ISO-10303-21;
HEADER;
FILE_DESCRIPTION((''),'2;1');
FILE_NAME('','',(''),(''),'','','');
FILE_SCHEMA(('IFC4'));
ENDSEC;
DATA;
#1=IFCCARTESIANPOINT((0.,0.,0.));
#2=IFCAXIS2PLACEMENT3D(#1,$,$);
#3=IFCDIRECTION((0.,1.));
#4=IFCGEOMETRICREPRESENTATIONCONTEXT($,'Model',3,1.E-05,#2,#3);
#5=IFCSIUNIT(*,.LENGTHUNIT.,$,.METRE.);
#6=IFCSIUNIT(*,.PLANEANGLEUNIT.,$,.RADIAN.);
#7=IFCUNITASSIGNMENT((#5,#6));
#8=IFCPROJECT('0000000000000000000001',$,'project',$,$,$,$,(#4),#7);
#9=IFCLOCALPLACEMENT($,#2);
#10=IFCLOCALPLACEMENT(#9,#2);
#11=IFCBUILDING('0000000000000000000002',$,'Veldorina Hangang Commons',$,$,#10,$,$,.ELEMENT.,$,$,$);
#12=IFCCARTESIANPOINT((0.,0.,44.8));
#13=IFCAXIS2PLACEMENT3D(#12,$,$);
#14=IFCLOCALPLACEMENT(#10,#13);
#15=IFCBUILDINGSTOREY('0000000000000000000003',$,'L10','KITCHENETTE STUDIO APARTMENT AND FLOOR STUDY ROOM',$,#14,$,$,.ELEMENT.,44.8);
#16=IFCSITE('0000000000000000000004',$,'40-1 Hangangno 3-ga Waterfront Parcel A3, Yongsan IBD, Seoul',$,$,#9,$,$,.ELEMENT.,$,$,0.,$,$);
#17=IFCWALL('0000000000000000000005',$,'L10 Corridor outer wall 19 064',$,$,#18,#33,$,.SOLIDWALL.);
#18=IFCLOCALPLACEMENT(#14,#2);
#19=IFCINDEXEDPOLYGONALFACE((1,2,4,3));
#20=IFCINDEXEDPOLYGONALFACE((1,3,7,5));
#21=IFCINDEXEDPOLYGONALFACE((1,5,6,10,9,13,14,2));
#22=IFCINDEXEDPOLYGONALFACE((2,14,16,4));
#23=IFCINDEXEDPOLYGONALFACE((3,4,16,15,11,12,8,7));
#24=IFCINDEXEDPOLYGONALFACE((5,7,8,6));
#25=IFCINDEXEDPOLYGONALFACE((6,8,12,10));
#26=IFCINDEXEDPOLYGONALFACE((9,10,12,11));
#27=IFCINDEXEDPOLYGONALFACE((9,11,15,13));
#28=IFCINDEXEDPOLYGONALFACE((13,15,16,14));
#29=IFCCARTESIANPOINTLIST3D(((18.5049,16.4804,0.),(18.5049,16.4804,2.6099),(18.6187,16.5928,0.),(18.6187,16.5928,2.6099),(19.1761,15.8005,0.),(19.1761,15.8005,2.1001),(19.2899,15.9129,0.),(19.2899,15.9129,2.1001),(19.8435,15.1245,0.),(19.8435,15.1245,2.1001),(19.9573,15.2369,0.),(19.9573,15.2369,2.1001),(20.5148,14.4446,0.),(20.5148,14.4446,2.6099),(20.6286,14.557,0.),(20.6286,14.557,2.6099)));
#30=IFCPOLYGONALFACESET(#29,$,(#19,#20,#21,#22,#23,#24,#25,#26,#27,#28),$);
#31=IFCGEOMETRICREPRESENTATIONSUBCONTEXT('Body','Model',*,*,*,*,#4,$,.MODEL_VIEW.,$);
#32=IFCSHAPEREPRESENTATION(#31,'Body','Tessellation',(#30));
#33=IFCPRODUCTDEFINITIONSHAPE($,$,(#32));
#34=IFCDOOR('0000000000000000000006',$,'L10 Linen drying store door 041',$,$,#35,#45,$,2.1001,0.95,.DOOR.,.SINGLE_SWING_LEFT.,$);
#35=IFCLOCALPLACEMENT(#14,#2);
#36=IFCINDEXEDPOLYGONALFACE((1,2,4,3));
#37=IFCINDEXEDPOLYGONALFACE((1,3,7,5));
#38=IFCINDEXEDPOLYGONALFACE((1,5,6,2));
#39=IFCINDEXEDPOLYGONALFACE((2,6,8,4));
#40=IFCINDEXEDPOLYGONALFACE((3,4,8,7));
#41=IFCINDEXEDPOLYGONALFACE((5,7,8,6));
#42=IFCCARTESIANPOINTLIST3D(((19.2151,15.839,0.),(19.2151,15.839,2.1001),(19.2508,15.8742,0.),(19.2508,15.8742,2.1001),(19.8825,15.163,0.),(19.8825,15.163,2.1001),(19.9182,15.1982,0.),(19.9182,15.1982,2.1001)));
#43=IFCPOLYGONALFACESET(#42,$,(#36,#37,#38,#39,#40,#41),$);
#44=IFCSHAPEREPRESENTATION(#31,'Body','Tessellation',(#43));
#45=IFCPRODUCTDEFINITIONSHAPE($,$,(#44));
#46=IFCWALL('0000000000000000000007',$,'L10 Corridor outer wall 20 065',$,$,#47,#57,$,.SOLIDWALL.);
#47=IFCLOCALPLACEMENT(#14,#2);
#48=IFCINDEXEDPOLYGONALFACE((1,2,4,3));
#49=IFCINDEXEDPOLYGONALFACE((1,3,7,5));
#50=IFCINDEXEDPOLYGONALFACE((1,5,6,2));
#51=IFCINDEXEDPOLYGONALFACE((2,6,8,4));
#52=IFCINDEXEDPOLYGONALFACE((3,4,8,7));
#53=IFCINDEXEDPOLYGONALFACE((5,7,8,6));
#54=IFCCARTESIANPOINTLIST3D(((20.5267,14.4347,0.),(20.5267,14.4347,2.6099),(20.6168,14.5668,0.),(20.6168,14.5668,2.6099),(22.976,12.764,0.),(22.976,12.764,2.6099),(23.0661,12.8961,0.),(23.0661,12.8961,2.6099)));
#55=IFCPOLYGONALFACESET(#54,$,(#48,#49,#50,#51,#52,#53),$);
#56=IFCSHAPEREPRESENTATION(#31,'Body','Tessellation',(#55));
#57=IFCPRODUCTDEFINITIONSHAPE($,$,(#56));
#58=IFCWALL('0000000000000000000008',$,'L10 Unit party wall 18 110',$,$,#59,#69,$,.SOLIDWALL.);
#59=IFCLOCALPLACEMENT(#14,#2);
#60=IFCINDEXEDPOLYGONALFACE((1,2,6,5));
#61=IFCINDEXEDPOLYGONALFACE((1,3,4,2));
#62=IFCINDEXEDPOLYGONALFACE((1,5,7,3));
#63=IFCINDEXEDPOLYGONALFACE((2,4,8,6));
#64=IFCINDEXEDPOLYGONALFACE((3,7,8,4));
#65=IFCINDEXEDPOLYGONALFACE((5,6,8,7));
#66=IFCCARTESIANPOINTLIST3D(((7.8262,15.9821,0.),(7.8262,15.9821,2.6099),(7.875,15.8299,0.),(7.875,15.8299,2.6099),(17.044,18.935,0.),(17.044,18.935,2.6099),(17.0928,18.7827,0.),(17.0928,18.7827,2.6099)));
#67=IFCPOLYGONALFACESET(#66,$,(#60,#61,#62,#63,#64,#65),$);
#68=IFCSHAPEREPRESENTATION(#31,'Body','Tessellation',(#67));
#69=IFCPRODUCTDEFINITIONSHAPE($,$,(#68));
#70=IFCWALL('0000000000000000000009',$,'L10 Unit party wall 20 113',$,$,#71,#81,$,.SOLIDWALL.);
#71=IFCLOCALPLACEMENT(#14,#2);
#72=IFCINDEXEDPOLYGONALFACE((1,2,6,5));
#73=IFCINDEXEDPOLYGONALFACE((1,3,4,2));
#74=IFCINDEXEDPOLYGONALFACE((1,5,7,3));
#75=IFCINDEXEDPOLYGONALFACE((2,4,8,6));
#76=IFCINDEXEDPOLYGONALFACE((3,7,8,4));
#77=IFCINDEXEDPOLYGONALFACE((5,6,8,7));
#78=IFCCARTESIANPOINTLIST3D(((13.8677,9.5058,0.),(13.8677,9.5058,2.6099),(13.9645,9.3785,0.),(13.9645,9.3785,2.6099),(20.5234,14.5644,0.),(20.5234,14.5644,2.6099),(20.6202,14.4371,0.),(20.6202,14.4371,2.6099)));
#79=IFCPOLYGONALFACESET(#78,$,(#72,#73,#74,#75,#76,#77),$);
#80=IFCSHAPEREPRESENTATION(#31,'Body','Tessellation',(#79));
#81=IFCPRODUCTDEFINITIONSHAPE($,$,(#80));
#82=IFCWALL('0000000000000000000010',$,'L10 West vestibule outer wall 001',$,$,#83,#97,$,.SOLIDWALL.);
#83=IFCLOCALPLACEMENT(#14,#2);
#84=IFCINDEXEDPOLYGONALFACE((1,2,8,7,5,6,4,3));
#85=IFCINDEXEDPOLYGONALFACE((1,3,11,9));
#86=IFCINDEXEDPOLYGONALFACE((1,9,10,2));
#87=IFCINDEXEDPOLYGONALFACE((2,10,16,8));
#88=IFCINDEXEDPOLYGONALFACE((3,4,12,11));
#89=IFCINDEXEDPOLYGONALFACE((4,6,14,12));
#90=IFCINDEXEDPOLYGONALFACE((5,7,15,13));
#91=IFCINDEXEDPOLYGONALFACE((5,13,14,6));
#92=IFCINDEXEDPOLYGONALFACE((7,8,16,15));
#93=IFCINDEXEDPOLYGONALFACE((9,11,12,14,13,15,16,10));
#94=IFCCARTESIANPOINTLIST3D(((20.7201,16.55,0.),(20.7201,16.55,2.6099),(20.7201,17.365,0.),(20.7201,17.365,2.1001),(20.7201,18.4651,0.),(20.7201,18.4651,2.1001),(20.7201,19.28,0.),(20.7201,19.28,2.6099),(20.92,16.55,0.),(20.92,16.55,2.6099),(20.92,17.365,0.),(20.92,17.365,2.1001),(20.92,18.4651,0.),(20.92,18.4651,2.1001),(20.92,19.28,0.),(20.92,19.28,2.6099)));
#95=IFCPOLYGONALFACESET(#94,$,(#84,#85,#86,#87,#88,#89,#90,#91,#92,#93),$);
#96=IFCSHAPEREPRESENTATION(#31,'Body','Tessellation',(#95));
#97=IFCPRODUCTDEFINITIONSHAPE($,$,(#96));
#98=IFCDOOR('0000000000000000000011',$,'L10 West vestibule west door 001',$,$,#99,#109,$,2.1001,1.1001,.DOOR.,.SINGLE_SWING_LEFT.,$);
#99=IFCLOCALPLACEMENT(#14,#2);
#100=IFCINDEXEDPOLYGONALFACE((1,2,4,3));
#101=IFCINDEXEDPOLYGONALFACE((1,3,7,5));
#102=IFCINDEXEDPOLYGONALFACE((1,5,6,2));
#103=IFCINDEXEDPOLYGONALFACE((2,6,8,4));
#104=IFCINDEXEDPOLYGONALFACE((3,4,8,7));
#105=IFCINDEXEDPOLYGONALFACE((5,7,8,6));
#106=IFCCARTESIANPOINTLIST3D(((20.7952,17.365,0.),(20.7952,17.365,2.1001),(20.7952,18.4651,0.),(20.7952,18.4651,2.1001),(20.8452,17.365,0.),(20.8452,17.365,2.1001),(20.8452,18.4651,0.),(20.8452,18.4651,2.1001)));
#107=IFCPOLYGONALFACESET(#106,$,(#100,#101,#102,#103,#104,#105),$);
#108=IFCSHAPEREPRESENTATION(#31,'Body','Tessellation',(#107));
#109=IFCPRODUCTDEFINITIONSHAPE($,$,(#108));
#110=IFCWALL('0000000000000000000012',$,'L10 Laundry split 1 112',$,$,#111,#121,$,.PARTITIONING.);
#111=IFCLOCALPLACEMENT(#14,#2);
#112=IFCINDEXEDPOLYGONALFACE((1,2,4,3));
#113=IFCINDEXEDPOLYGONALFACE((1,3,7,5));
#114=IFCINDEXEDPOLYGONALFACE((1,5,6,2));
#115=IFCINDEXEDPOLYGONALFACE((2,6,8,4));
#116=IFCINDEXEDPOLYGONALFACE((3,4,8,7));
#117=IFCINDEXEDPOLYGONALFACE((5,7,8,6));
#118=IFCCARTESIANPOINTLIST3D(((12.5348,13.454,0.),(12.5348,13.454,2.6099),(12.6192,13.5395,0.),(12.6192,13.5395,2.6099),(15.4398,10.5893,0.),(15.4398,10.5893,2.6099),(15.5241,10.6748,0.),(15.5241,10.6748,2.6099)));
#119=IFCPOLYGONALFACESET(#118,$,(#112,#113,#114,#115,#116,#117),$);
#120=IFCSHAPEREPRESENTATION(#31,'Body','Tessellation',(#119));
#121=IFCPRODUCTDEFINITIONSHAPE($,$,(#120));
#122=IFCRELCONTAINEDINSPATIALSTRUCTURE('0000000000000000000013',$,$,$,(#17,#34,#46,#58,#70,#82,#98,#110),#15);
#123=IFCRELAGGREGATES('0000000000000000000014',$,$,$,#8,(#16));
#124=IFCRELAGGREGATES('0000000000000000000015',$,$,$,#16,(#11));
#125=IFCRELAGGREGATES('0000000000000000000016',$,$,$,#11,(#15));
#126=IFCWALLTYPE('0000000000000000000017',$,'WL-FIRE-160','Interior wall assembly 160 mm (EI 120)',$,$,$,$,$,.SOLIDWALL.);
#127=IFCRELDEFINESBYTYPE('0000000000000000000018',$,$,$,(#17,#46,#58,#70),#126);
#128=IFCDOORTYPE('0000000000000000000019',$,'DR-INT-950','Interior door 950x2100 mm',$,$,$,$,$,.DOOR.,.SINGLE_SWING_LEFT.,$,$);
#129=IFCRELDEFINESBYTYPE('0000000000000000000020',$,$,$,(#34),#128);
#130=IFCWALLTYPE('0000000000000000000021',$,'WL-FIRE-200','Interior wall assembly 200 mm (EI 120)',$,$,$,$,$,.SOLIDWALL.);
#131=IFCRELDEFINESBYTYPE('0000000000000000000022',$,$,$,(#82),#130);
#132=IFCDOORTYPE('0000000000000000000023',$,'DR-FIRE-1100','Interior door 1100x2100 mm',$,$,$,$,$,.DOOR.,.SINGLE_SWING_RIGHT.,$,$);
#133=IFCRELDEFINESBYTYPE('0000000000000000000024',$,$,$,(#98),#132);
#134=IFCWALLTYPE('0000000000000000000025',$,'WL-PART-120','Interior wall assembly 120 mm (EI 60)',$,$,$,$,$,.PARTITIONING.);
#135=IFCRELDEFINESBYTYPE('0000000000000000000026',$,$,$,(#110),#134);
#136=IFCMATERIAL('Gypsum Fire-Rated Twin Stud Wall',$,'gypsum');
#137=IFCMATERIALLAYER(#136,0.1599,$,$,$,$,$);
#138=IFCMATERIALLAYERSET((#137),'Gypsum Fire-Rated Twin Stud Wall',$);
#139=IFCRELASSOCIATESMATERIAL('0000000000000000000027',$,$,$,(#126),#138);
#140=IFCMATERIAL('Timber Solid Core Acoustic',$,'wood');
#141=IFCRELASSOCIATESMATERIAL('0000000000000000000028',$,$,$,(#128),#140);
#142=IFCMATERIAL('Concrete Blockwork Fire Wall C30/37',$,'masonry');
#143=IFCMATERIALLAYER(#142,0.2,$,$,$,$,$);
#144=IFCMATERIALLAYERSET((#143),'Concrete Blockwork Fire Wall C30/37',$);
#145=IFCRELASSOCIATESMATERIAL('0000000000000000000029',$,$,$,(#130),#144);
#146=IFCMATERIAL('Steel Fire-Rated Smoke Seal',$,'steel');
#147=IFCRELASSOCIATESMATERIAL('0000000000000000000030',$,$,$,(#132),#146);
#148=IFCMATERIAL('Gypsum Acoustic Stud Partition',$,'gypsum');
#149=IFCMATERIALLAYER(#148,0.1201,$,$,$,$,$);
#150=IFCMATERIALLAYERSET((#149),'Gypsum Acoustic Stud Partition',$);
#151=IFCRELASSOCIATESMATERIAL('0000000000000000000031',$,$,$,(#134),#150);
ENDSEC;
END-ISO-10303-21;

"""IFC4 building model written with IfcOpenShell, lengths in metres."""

from ifc_helpers import new_model, si_unit, direction, frame, frame_2d, origin, place, context, subcontext, project, spatial, rectangle, extrude, material, layer, layer_set, type_object, element, fill, save


model = new_model("IFC4")

# Units and contexts
model_context = context("Model", 3, precision=1e-05, world=origin(), true_north=direction((0.0, 1.0)))
body_context = subcontext(model_context, "Body", "Model", "MODEL_VIEW")
ifc_project = project(units=[si_unit("LENGTHUNIT", "METRE"), si_unit("PLANEANGLEUNIT", "RADIAN")], contexts=[model_context])

# Site, building, storey
site_placement = place(None, origin())
site = spatial("IfcSite", under=ifc_project, at=site_placement, Name="40-1 Hangangno 3-ga Waterfront Parcel A3, Yongsan IBD, Seoul", CompositionType="ELEMENT", RefElevation=0.0)
building_placement = place(site_placement, origin())
building = spatial("IfcBuilding", under=site, at=building_placement, Name="Veldorina Hangang Commons", CompositionType="ELEMENT")
storey_placement = place(building_placement, frame((0.0, 0.0, 44.8)))
storey = spatial("IfcBuildingStorey", under=building, at=storey_placement, Name="L10", Description="KITCHENETTE STUDIO APARTMENT AND FLOOR STUDY ROOM", CompositionType="ELEMENT", Elevation=44.8)

# Shared definitions
ifc_material_1 = material(Name="Gypsum Fire-Rated Twin Stud Wall", Category="gypsum")
ifc_layer_1 = layer(ifc_material_1, 0.1599)
ifc_layer_set_1 = layer_set([ifc_layer_1], Name="Gypsum Fire-Rated Twin Stud Wall")
wall_type_1 = type_object("IfcWallType", Name="WL-FIRE-160", Description="Interior wall assembly 160 mm (EI 120)", PredefinedType="SOLIDWALL", material=ifc_layer_set_1)

# Wall, opening, door
wall_1_placement = place(storey_placement, frame((18.5618, 16.5366, 0.0), z_axis=(0.0, 0.0, 1.0), x_axis=(0.70257, -0.711615, 0.0)))
wall_1 = element("IfcWall", 1, at=wall_1_placement, inside=storey, type_object=wall_type_1, Name="L10 Corridor outer wall 19 064", PredefinedType="SOLIDWALL", context=body_context, shape_type="SweptSolid", body=[
    extrude(rectangle(XDim=2.8608, YDim=0.1599, at=frame_2d((1.4304, 0.0))), origin(), (0.0, 0.0, 1.0), 2.6099),
])
opening_1_placement = place(wall_1_placement, frame((0.9553, 0.0, 0.0)))
opening_1 = element("IfcOpeningElement", 2, at=opening_1_placement, cuts=wall_1, PredefinedType="OPENING", context=body_context, shape_type="SweptSolid", body=[
    extrude(rectangle(XDim=0.95, YDim=2.1001, at=frame_2d((0.4751, 1.05))), frame((0.0, 0.0898, 0.0), z_axis=(0.0, -1.0, 0.0), x_axis=(1.0, 0.0, 0.0)), (0.0, 0.0, 1.0), 0.1799),
])
ifc_material_2 = material(Name="Timber Solid Core Acoustic", Category="wood")
door_type_1 = type_object("IfcDoorType", Name="DR-INT-950", Description="Interior door 950x2100 mm", OperationType="SINGLE_SWING_LEFT", PredefinedType="DOOR", material=ifc_material_2)
door_1_placement = place(opening_1_placement, origin())
door_1 = element("IfcDoor", 3, at=door_1_placement, inside=storey, type_object=door_type_1, Name="L10 Linen drying store door 041", OperationType="SINGLE_SWING_LEFT", OverallHeight=2.1001, OverallWidth=0.95, PredefinedType="DOOR", context=body_context, shape_type="SweptSolid", body=[
    extrude(rectangle(XDim=0.95, YDim=2.1001, at=frame_2d((0.4751, 1.05))), frame((0.0, 0.0249, 0.0), z_axis=(0.0, -1.0, 0.0), x_axis=(1.0, 0.0, 0.0)), (0.0, 0.0, 1.0), 0.05),
])
fill(opening_1, door_1)

# Walls
wall_2_placement = place(storey_placement, frame((20.5718, 14.5007, 0.0), z_axis=(0.0, 0.0, 1.0), x_axis=(0.826112, -0.563505, 0.0)))
element("IfcWall", 4, at=wall_2_placement, inside=storey, type_object=wall_type_1, Name="L10 Corridor outer wall 20 065", PredefinedType="SOLIDWALL", context=body_context, shape_type="SweptSolid", body=[
    extrude(rectangle(XDim=2.9648, YDim=0.1599, at=frame_2d((1.4824, 0.0))), origin(), (0.0, 0.0, 1.0), 2.6099),
])
wall_3_placement = place(storey_placement, frame((17.0684, 18.8589, 0.0), z_axis=(0.0, 0.0, 1.0), x_axis=(-0.952328, -0.305075, 0.0)))
element("IfcWall", 5, at=wall_3_placement, inside=storey, type_object=wall_type_1, Name="L10 Unit party wall 18 110", PredefinedType="SOLIDWALL", context=body_context, shape_type="SweptSolid", body=[
    extrude(rectangle(XDim=9.6792, YDim=0.1599, at=frame_2d((4.8396, 0.0))), origin(), (0.0, 0.0, 1.0), 2.6099),
])
wall_4_placement = place(storey_placement, frame((20.5718, 14.5007, 0.0), z_axis=(0.0, 0.0, 1.0), x_axis=(-0.79615, -0.6051, 0.0)))
element("IfcWall", 6, at=wall_4_placement, inside=storey, type_object=wall_type_1, Name="L10 Unit party wall 20 113", PredefinedType="SOLIDWALL", context=body_context, shape_type="SweptSolid", body=[
    extrude(rectangle(XDim=8.3599, YDim=0.1599, at=frame_2d((4.1799, 0.0))), origin(), (0.0, 0.0, 1.0), 2.6099),
])

# Wall, opening, door
ifc_material_3 = material(Name="Concrete Blockwork Fire Wall C30/37", Category="masonry")
ifc_layer_2 = layer(ifc_material_3, 0.2)
ifc_layer_set_2 = layer_set([ifc_layer_2], Name="Concrete Blockwork Fire Wall C30/37")
wall_type_2 = type_object("IfcWallType", Name="WL-FIRE-200", Description="Interior wall assembly 200 mm (EI 120)", PredefinedType="SOLIDWALL", material=ifc_layer_set_2)
wall_5_placement = place(storey_placement, frame((20.8201, 16.55, 0.0), z_axis=(0.0, 0.0, 1.0), x_axis=(0.0, 1.0, 0.0)))
wall_5 = element("IfcWall", 7, at=wall_5_placement, inside=storey, type_object=wall_type_2, Name="L10 West vestibule outer wall 001", PredefinedType="SOLIDWALL", context=body_context, shape_type="SweptSolid", body=[
    extrude(rectangle(XDim=2.73, YDim=0.2, at=frame_2d((1.365, 0.0))), origin(), (0.0, 0.0, 1.0), 2.6099),
])
opening_2_placement = place(wall_5_placement, frame((0.8149, 0.0, 0.0)))
opening_2 = element("IfcOpeningElement", 8, at=opening_2_placement, cuts=wall_5, PredefinedType="OPENING", context=body_context, shape_type="SweptSolid", body=[
    extrude(rectangle(XDim=1.1001, YDim=2.1001, at=frame_2d((0.55, 1.05))), frame((0.0, 0.1099, 0.0), z_axis=(0.0, -1.0, 0.0), x_axis=(1.0, 0.0, 0.0)), (0.0, 0.0, 1.0), 0.22),
])
ifc_material_4 = material(Name="Steel Fire-Rated Smoke Seal", Category="steel")
door_type_2 = type_object("IfcDoorType", Name="DR-FIRE-1100", Description="Interior door 1100x2100 mm", OperationType="SINGLE_SWING_RIGHT", PredefinedType="DOOR", material=ifc_material_4)
door_2_placement = place(opening_2_placement, origin())
door_2 = element("IfcDoor", 9, at=door_2_placement, inside=storey, type_object=door_type_2, Name="L10 West vestibule west door 001", OperationType="SINGLE_SWING_LEFT", OverallHeight=2.1001, OverallWidth=1.1001, PredefinedType="DOOR", context=body_context, shape_type="SweptSolid", body=[
    extrude(rectangle(XDim=1.1001, YDim=2.1001, at=frame_2d((0.55, 1.05))), frame((0.0, 0.0249, 0.0), z_axis=(0.0, -1.0, 0.0), x_axis=(1.0, 0.0, 0.0)), (0.0, 0.0, 1.0), 0.05),
])
fill(opening_2, door_2)

# Wall
ifc_material_5 = material(Name="Gypsum Acoustic Stud Partition", Category="gypsum")
ifc_layer_3 = layer(ifc_material_5, 0.1201)
ifc_layer_set_3 = layer_set([ifc_layer_3], Name="Gypsum Acoustic Stud Partition")
wall_type_3 = type_object("IfcWallType", Name="WL-PART-120", Description="Interior wall assembly 120 mm (EI 60)", PredefinedType="PARTITIONING", material=ifc_layer_set_3)
wall_6_placement = place(storey_placement, frame((12.5769, 13.4968, 0.0), z_axis=(0.0, 0.0, 1.0), x_axis=(0.712026, -0.702153, 0.0)))
element("IfcWall", 10, at=wall_6_placement, inside=storey, type_object=wall_type_3, Name="L10 Laundry split 1 112", PredefinedType="PARTITIONING", context=body_context, shape_type="SweptSolid", body=[
    extrude(rectangle(XDim=4.0798, YDim=0.1201, at=frame_2d((2.04, 0.0))), origin(), (0.0, 0.0, 1.0), 2.6099),
])

save(model, "model.ifc")
